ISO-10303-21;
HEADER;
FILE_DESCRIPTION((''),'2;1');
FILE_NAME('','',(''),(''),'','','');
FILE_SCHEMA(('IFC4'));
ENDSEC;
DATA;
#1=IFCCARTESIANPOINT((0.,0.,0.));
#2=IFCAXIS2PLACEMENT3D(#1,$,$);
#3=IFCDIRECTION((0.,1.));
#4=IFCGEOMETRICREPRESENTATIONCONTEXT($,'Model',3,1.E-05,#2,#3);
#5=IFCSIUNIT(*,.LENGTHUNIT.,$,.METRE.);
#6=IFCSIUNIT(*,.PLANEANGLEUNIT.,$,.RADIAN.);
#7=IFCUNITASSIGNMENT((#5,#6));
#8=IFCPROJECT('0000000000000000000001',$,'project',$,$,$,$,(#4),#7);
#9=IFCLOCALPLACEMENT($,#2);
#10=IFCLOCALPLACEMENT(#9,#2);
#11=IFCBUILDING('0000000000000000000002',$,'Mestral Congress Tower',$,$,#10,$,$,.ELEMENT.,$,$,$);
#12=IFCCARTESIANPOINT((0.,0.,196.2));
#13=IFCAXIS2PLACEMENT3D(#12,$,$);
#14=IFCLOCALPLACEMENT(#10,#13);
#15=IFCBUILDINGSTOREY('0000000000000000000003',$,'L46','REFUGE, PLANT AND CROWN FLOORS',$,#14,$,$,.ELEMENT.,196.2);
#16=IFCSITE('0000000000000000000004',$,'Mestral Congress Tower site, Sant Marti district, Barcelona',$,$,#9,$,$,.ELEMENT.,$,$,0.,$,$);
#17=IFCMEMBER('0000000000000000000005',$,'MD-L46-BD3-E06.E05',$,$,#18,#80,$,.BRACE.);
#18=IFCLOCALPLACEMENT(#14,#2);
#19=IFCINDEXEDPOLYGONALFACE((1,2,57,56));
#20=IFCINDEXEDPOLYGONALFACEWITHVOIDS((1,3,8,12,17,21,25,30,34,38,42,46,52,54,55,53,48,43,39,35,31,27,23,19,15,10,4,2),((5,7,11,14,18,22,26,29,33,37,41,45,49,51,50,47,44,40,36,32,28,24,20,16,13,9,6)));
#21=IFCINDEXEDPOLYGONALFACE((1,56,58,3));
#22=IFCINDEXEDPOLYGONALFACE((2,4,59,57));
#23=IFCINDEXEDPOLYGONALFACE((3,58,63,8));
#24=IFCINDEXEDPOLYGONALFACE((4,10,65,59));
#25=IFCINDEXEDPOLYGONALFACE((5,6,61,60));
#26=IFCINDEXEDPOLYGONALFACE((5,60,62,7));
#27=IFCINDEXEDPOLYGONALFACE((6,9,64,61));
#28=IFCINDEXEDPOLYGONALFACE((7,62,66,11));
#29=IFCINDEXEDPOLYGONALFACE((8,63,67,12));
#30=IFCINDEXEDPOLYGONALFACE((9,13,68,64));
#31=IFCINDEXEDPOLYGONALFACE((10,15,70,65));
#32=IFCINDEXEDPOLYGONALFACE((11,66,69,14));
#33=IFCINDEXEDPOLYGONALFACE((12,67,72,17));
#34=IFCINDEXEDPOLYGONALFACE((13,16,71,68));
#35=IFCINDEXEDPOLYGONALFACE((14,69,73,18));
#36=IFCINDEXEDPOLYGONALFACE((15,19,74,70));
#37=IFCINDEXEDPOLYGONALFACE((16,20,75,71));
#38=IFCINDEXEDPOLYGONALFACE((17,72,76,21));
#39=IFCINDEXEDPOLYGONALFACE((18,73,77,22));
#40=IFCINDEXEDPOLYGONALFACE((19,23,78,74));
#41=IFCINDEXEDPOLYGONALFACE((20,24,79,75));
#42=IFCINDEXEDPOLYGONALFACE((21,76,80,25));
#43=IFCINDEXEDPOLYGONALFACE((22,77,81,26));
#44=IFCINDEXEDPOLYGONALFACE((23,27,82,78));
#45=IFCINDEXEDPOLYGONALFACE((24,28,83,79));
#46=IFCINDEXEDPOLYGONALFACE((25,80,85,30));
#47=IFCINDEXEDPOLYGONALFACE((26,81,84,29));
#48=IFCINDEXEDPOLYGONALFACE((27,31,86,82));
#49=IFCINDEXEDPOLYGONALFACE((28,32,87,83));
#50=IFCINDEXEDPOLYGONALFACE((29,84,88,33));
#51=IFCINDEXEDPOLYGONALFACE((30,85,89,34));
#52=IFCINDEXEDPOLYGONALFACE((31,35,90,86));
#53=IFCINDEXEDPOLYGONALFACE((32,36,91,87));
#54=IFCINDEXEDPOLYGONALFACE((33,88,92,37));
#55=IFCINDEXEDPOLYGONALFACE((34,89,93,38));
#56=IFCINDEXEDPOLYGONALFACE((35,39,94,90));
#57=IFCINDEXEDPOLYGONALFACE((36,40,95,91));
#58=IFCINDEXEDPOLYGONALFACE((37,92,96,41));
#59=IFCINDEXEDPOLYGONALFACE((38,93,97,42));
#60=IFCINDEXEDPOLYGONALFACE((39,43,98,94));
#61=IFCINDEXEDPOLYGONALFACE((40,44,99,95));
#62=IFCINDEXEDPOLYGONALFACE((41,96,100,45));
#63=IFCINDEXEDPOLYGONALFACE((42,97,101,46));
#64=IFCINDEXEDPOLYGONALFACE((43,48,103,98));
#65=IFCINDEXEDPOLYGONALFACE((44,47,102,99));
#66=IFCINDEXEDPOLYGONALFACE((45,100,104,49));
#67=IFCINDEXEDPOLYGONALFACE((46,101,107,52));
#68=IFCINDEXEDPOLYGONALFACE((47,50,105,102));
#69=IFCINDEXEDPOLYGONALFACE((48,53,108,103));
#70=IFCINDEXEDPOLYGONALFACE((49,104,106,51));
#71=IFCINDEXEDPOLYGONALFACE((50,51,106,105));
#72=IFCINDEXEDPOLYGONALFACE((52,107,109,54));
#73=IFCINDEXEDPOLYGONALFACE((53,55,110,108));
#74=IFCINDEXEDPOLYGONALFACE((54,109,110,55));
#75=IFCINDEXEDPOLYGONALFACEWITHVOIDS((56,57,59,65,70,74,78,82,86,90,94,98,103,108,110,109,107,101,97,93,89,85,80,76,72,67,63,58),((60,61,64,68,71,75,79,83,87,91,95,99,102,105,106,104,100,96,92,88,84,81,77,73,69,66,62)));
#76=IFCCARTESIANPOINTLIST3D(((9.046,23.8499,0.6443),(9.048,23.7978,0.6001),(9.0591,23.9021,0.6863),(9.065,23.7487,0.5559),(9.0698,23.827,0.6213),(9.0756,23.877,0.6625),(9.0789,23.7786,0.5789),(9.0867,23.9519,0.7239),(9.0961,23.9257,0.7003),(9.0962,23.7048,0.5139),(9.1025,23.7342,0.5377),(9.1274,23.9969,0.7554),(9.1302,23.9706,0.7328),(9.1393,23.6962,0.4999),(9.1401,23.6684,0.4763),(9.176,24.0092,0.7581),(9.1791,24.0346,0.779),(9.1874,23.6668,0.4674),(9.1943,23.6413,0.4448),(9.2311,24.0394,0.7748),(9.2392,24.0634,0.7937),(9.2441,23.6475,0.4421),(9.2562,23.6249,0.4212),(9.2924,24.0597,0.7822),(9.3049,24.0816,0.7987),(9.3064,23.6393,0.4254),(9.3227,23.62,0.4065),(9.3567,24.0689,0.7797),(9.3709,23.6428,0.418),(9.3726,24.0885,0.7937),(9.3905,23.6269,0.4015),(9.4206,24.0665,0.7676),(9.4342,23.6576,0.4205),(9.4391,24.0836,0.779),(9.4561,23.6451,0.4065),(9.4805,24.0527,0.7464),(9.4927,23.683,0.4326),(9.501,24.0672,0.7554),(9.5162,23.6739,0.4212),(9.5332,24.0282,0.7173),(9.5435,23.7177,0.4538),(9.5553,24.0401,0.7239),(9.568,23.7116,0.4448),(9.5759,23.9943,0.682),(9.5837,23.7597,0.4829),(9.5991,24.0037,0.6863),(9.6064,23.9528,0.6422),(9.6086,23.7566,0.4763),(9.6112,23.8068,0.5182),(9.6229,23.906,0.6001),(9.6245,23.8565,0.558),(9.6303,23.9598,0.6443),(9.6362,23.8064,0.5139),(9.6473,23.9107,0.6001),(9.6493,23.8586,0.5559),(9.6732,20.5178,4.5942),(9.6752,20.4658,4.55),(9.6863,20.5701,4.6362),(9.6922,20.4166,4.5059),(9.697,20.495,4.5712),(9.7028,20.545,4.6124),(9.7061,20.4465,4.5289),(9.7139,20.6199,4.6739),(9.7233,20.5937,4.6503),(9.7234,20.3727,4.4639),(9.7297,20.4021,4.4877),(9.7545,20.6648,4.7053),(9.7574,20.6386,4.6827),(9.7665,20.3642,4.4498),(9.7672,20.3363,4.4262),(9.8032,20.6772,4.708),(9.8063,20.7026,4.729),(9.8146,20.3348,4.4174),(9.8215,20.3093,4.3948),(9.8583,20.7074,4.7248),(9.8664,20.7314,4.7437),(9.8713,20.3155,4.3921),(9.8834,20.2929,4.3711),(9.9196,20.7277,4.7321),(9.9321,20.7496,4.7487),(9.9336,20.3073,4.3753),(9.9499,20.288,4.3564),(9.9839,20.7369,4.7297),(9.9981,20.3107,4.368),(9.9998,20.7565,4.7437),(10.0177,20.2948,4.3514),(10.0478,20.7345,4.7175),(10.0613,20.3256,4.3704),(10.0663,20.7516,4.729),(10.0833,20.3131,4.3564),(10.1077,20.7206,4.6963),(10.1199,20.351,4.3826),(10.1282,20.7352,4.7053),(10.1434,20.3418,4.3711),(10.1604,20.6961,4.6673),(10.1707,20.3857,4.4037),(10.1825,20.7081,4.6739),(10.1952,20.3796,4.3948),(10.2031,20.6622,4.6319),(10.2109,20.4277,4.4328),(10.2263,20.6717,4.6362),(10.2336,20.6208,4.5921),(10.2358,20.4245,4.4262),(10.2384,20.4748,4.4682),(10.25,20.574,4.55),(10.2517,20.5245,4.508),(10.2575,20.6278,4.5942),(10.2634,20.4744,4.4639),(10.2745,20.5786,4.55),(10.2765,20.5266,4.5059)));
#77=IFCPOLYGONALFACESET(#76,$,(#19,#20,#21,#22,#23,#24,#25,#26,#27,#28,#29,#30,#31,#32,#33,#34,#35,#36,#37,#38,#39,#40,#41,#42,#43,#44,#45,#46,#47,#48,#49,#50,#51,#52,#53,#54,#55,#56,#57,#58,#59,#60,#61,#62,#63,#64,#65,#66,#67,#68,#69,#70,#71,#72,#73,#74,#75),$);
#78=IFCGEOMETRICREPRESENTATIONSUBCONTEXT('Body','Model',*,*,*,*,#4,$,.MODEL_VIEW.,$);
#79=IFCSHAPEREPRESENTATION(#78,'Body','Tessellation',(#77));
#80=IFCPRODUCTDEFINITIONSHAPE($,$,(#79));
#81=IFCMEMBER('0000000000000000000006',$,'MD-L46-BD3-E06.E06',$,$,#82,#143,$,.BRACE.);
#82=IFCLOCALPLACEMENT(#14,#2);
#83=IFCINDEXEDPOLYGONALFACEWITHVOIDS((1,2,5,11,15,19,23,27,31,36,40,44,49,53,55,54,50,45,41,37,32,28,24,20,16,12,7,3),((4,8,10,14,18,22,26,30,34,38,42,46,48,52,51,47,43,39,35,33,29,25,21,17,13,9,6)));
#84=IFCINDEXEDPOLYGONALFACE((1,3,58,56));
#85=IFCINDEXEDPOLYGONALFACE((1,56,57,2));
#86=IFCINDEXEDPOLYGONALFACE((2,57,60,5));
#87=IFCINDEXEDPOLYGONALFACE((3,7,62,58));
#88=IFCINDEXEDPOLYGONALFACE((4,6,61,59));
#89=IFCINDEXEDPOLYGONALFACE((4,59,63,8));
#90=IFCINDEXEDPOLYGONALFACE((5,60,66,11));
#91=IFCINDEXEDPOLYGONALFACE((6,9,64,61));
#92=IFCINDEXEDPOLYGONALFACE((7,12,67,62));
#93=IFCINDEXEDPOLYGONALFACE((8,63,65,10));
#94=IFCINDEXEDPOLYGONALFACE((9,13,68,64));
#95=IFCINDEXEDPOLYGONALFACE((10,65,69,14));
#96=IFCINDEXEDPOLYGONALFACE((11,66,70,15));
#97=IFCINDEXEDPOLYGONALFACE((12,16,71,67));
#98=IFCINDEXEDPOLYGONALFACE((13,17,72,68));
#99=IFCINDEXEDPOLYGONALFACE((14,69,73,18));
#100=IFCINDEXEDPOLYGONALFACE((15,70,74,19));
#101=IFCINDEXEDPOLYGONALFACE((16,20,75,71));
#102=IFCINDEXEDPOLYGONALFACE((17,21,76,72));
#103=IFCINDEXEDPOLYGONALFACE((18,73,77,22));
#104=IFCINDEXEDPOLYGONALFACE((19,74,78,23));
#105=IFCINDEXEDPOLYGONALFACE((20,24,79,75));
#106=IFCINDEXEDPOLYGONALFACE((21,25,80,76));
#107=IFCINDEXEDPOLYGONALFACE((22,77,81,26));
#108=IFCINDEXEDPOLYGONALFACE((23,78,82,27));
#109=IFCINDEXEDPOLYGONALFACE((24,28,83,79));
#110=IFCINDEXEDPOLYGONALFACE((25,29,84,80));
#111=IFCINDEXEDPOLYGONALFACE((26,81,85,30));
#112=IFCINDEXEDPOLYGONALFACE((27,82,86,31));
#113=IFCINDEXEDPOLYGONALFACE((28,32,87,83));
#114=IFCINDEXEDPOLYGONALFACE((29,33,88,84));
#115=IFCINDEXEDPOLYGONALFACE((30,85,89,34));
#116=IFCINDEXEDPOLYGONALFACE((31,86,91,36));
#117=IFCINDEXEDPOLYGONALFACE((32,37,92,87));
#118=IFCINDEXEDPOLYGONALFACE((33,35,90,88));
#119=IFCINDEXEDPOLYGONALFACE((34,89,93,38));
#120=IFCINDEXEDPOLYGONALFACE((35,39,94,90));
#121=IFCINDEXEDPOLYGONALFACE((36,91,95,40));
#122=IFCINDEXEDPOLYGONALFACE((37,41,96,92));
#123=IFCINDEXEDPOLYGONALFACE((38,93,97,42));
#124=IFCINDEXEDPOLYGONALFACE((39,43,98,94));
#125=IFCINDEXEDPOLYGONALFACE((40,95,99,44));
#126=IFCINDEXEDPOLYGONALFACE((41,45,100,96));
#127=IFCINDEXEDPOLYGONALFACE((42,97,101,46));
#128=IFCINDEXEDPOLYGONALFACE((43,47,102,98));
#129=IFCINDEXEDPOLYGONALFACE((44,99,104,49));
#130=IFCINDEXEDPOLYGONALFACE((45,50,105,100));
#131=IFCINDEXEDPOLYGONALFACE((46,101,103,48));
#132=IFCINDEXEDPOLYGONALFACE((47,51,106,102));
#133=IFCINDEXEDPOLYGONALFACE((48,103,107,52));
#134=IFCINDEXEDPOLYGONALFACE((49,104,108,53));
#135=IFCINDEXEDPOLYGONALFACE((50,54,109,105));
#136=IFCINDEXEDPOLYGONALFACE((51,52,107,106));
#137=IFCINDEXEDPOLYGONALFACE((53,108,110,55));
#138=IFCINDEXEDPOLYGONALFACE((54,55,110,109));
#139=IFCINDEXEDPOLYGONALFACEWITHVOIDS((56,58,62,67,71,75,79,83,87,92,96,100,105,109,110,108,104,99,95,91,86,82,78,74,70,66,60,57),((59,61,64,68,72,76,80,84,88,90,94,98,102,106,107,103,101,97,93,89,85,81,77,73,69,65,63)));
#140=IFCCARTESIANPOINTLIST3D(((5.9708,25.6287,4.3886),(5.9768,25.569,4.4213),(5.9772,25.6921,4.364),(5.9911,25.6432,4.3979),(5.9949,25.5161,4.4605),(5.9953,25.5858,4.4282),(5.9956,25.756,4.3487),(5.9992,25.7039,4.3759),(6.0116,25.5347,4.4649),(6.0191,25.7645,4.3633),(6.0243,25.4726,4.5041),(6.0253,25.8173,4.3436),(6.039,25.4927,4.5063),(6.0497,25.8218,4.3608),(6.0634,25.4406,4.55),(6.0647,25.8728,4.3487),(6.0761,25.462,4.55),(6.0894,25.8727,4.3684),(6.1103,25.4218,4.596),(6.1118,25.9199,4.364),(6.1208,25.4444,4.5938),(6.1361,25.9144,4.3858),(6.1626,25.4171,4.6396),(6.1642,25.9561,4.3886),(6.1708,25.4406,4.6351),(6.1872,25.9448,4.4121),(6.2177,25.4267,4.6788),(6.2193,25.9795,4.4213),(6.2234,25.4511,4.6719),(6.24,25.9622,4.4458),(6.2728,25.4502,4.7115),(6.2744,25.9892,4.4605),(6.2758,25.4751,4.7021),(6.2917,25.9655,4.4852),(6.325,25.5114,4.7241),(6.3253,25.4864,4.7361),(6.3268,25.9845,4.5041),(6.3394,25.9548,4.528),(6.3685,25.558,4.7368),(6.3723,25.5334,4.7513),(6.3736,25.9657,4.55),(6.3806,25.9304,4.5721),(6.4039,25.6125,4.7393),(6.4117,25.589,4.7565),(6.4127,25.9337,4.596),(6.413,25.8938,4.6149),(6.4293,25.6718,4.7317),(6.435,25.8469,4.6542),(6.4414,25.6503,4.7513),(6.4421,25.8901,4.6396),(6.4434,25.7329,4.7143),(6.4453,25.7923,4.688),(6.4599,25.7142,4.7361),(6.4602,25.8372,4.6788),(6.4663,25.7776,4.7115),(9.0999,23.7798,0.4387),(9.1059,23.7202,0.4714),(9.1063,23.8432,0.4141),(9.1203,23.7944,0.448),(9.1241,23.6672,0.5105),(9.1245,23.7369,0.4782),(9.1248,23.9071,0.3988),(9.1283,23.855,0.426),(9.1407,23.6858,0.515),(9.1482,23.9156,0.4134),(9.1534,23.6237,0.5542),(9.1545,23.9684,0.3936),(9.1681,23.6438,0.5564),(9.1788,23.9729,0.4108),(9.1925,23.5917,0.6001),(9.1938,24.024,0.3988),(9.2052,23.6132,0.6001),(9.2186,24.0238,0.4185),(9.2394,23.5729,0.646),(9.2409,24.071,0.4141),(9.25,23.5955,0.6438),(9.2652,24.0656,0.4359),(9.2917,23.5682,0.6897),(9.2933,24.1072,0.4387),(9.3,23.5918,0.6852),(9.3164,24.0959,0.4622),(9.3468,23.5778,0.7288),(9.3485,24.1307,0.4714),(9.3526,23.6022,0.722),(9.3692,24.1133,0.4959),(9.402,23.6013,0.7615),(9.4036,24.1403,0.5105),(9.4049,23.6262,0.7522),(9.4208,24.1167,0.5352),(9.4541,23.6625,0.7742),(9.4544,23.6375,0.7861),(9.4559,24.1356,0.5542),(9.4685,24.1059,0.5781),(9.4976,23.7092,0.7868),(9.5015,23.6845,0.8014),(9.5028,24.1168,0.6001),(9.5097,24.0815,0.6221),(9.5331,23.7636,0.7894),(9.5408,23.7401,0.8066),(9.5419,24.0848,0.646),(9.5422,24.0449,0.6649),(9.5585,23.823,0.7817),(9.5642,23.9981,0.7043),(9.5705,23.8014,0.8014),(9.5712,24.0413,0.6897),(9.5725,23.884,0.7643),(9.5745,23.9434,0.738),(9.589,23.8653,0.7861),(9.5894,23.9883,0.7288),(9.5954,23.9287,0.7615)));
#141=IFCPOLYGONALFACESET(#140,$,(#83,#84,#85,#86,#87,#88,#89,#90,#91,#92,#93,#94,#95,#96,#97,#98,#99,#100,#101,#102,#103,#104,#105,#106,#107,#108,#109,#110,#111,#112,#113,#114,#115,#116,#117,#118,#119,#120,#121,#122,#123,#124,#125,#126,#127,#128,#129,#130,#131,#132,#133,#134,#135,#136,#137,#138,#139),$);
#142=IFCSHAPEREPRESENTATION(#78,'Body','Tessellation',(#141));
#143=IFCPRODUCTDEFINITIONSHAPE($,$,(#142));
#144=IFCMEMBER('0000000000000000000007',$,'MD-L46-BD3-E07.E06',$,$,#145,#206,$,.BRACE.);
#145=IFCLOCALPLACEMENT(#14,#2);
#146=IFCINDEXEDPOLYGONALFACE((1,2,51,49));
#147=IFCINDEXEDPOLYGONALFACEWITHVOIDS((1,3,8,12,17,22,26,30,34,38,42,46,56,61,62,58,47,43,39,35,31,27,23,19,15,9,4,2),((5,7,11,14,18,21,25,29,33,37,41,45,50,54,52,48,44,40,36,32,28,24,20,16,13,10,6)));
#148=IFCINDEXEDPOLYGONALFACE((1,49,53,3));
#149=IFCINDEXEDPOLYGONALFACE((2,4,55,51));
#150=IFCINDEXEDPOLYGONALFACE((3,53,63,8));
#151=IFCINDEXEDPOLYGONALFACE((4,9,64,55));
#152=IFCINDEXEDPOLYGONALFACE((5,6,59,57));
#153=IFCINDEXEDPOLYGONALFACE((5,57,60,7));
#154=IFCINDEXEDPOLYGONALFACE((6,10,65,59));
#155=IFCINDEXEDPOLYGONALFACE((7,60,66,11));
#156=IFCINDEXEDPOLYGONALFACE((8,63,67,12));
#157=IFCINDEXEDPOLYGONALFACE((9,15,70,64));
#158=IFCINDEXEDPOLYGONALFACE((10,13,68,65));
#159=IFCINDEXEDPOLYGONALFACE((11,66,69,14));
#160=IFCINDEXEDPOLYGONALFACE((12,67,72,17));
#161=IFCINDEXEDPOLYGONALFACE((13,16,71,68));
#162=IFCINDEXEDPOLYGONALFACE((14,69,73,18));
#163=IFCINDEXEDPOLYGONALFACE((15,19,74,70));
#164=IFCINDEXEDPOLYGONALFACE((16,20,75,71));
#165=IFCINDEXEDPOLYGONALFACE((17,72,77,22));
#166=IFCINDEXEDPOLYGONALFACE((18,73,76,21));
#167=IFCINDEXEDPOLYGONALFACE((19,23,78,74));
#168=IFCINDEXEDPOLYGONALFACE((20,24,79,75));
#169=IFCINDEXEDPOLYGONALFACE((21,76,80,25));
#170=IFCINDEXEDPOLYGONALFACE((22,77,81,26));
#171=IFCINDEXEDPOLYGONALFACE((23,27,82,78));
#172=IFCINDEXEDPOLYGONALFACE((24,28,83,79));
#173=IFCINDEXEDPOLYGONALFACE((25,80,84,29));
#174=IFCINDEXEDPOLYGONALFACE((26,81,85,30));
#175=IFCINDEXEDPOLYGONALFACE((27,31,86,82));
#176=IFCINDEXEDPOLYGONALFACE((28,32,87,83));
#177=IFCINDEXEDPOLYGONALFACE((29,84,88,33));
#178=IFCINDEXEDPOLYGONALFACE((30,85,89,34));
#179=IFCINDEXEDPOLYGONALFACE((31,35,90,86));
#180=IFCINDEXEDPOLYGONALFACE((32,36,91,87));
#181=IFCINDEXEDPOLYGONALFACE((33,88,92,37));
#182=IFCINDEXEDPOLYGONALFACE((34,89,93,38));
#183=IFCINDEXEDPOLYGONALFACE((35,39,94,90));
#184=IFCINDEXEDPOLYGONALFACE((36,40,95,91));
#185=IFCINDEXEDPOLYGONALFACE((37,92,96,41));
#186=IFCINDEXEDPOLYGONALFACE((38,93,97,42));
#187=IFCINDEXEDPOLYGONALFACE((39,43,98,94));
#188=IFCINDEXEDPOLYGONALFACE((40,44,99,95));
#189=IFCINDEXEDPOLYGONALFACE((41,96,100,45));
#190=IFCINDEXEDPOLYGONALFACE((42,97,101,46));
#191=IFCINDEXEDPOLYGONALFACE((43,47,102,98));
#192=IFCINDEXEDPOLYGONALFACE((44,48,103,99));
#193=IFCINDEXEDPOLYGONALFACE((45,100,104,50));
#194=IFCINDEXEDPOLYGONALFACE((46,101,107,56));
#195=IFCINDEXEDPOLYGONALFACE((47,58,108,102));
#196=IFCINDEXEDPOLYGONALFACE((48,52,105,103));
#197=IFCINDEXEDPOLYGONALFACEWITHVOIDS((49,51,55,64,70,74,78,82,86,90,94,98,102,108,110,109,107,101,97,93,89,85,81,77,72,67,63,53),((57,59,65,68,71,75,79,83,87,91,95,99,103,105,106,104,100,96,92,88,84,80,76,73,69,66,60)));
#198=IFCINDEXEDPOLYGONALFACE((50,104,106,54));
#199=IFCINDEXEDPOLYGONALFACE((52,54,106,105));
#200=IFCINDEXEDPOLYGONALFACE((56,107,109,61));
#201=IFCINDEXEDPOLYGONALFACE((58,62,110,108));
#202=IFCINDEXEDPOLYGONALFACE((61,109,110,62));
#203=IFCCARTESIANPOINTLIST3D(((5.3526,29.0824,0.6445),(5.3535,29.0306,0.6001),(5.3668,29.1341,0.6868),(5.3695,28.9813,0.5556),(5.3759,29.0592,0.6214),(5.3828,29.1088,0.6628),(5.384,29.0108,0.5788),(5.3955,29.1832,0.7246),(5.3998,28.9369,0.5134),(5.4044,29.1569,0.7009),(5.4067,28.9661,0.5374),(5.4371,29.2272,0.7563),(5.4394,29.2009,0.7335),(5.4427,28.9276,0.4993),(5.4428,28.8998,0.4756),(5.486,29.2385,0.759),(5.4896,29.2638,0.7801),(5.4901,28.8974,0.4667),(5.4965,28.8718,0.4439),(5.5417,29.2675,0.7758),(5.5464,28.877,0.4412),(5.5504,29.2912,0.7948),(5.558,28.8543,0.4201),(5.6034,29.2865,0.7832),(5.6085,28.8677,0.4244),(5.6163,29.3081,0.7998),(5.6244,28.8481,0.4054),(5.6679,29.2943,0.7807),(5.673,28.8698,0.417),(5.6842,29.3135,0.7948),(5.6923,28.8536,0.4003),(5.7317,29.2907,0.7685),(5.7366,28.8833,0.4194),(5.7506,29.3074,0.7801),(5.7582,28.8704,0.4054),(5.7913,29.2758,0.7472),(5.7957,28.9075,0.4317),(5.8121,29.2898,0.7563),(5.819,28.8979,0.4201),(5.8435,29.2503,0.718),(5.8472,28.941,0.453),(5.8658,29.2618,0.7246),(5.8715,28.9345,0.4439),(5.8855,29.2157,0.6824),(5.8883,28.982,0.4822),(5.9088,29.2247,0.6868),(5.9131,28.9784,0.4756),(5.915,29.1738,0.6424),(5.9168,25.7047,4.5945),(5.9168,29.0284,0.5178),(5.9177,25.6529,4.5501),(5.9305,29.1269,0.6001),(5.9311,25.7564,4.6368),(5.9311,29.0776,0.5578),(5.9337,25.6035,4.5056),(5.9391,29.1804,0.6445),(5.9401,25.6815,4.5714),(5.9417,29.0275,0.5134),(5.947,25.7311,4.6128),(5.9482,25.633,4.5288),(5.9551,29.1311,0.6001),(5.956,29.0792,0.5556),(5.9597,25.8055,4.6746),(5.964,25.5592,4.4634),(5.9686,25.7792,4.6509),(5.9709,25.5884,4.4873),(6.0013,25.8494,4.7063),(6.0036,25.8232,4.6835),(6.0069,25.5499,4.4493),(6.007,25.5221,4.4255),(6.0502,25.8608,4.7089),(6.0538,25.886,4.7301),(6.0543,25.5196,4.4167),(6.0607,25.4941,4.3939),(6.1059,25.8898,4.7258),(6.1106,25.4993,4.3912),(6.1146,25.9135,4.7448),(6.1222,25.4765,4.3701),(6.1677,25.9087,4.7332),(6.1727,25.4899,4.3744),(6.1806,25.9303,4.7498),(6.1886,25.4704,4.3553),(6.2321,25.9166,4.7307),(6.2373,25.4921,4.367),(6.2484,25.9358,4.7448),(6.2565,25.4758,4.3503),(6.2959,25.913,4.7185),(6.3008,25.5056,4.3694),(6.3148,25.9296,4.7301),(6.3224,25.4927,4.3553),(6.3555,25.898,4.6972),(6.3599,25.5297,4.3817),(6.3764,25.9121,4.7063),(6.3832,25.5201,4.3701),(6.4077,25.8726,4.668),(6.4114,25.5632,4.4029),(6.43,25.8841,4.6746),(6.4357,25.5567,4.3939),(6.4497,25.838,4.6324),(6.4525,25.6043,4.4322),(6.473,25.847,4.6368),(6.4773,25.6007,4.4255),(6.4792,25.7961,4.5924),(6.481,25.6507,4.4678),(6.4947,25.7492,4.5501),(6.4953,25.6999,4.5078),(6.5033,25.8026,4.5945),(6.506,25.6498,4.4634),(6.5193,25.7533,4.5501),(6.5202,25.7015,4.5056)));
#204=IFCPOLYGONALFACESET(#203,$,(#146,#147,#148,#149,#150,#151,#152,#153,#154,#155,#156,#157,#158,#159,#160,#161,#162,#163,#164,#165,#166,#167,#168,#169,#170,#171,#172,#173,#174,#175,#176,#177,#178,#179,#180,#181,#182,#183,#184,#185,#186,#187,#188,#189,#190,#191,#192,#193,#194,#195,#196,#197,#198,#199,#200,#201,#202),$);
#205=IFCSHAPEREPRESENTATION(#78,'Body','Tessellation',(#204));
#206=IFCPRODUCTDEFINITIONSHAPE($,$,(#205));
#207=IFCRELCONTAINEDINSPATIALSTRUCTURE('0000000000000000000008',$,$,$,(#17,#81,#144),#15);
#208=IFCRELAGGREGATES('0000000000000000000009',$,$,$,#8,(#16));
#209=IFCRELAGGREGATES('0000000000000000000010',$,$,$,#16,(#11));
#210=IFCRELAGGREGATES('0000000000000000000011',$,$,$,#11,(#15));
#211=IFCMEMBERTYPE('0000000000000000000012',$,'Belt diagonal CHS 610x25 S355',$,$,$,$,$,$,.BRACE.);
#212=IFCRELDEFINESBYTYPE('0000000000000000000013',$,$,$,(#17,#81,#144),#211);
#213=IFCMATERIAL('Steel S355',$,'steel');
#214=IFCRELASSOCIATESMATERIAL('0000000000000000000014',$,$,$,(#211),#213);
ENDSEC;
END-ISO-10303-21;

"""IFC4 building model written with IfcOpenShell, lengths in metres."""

from ifc_helpers import new_model, si_unit, direction, frame, origin, origin_2d, place, context, subcontext, project, spatial, hollow_circle, extrude, material, material_profile, profile_set, type_object, element, save


model = new_model("IFC4")

# Units and contexts
model_context = context("Model", 3, precision=1e-05, world=origin(), true_north=direction((0.0, 1.0)))
body_context = subcontext(model_context, "Body", "Model", "MODEL_VIEW")
ifc_project = project(units=[si_unit("LENGTHUNIT", "METRE"), si_unit("PLANEANGLEUNIT", "RADIAN")], contexts=[model_context])

# Site, building, storey
site_placement = place(None, origin())
site = spatial("IfcSite", under=ifc_project, at=site_placement, Name="Mestral Congress Tower site, Sant Marti district, Barcelona", CompositionType="ELEMENT", RefElevation=0.0)
building_placement = place(site_placement, origin())
building = spatial("IfcBuilding", under=site, at=building_placement, Name="Mestral Congress Tower", CompositionType="ELEMENT")
storey_placement = place(building_placement, frame((0.0, 0.0, 196.2)))
storey = spatial("IfcBuildingStorey", under=building, at=storey_placement, Name="L46", Description="REFUGE, PLANT AND CROWN FLOORS", CompositionType="ELEMENT", Elevation=196.2)

# Members
ifc_material_1 = material(Name="Steel S355", Category="steel")
ifc_material_profile_1 = material_profile(ifc_material_1, hollow_circle(Radius=0.3049, WallThickness=0.0249, at=origin_2d()), Name="CHS 610x25")
ifc_profile_set_1 = profile_set([ifc_material_profile_1], Name="Steel S355")
member_type_1 = type_object("IfcMemberType", Name="Belt diagonal CHS 610x25 S355", PredefinedType="BRACE", material=ifc_profile_set_1)
member_1_placement = place(storey_placement, frame((9.3477, 23.8542, 0.6001), z_axis=(0.120486, -0.64009, 0.758794), x_axis=(0.982742, 0.184984, 0.0)))
element("IfcMember", 1, at=member_1_placement, inside=storey, type_object=member_type_1, Name="MD-L46-BD3-E06.E05", PredefinedType="BRACE", context=body_context, shape_type="SweptSolid", body=[
    extrude(hollow_circle(Radius=0.3049, WallThickness=0.0249, at=origin_2d()), origin(), (0.0, 0.0, 1.0), 5.2056),
])
member_2_placement = place(storey_placement, frame((9.3477, 23.8542, 0.6001), z_axis=(-0.582961, 0.344446, 0.735876), x_axis=(-0.508695, -0.860947, 0.0)))
element("IfcMember", 2, at=member_2_placement, inside=storey, type_object=member_type_1, Name="MD-L46-BD3-E06.E06", PredefinedType="BRACE", context=body_context, shape_type="SweptSolid", body=[
    extrude(hollow_circle(Radius=0.3049, WallThickness=0.0249, at=origin_2d()), origin(), (0.0, 0.0, 1.0), 5.3677),
])
member_3_placement = place(storey_placement, frame((5.6543, 29.0808, 0.6001), z_axis=(0.107926, -0.646109, 0.755576), x_axis=(0.986334, 0.164757, 0.0)))
element("IfcMember", 3, at=member_3_placement, inside=storey, type_object=member_type_1, Name="MD-L46-BD3-E07.E06", PredefinedType="BRACE", context=body_context, shape_type="SweptSolid", body=[
    extrude(hollow_circle(Radius=0.3049, WallThickness=0.0249, at=origin_2d()), origin(), (0.0, 0.0, 1.0), 5.2278),
])

save(model, "model.ifc")
